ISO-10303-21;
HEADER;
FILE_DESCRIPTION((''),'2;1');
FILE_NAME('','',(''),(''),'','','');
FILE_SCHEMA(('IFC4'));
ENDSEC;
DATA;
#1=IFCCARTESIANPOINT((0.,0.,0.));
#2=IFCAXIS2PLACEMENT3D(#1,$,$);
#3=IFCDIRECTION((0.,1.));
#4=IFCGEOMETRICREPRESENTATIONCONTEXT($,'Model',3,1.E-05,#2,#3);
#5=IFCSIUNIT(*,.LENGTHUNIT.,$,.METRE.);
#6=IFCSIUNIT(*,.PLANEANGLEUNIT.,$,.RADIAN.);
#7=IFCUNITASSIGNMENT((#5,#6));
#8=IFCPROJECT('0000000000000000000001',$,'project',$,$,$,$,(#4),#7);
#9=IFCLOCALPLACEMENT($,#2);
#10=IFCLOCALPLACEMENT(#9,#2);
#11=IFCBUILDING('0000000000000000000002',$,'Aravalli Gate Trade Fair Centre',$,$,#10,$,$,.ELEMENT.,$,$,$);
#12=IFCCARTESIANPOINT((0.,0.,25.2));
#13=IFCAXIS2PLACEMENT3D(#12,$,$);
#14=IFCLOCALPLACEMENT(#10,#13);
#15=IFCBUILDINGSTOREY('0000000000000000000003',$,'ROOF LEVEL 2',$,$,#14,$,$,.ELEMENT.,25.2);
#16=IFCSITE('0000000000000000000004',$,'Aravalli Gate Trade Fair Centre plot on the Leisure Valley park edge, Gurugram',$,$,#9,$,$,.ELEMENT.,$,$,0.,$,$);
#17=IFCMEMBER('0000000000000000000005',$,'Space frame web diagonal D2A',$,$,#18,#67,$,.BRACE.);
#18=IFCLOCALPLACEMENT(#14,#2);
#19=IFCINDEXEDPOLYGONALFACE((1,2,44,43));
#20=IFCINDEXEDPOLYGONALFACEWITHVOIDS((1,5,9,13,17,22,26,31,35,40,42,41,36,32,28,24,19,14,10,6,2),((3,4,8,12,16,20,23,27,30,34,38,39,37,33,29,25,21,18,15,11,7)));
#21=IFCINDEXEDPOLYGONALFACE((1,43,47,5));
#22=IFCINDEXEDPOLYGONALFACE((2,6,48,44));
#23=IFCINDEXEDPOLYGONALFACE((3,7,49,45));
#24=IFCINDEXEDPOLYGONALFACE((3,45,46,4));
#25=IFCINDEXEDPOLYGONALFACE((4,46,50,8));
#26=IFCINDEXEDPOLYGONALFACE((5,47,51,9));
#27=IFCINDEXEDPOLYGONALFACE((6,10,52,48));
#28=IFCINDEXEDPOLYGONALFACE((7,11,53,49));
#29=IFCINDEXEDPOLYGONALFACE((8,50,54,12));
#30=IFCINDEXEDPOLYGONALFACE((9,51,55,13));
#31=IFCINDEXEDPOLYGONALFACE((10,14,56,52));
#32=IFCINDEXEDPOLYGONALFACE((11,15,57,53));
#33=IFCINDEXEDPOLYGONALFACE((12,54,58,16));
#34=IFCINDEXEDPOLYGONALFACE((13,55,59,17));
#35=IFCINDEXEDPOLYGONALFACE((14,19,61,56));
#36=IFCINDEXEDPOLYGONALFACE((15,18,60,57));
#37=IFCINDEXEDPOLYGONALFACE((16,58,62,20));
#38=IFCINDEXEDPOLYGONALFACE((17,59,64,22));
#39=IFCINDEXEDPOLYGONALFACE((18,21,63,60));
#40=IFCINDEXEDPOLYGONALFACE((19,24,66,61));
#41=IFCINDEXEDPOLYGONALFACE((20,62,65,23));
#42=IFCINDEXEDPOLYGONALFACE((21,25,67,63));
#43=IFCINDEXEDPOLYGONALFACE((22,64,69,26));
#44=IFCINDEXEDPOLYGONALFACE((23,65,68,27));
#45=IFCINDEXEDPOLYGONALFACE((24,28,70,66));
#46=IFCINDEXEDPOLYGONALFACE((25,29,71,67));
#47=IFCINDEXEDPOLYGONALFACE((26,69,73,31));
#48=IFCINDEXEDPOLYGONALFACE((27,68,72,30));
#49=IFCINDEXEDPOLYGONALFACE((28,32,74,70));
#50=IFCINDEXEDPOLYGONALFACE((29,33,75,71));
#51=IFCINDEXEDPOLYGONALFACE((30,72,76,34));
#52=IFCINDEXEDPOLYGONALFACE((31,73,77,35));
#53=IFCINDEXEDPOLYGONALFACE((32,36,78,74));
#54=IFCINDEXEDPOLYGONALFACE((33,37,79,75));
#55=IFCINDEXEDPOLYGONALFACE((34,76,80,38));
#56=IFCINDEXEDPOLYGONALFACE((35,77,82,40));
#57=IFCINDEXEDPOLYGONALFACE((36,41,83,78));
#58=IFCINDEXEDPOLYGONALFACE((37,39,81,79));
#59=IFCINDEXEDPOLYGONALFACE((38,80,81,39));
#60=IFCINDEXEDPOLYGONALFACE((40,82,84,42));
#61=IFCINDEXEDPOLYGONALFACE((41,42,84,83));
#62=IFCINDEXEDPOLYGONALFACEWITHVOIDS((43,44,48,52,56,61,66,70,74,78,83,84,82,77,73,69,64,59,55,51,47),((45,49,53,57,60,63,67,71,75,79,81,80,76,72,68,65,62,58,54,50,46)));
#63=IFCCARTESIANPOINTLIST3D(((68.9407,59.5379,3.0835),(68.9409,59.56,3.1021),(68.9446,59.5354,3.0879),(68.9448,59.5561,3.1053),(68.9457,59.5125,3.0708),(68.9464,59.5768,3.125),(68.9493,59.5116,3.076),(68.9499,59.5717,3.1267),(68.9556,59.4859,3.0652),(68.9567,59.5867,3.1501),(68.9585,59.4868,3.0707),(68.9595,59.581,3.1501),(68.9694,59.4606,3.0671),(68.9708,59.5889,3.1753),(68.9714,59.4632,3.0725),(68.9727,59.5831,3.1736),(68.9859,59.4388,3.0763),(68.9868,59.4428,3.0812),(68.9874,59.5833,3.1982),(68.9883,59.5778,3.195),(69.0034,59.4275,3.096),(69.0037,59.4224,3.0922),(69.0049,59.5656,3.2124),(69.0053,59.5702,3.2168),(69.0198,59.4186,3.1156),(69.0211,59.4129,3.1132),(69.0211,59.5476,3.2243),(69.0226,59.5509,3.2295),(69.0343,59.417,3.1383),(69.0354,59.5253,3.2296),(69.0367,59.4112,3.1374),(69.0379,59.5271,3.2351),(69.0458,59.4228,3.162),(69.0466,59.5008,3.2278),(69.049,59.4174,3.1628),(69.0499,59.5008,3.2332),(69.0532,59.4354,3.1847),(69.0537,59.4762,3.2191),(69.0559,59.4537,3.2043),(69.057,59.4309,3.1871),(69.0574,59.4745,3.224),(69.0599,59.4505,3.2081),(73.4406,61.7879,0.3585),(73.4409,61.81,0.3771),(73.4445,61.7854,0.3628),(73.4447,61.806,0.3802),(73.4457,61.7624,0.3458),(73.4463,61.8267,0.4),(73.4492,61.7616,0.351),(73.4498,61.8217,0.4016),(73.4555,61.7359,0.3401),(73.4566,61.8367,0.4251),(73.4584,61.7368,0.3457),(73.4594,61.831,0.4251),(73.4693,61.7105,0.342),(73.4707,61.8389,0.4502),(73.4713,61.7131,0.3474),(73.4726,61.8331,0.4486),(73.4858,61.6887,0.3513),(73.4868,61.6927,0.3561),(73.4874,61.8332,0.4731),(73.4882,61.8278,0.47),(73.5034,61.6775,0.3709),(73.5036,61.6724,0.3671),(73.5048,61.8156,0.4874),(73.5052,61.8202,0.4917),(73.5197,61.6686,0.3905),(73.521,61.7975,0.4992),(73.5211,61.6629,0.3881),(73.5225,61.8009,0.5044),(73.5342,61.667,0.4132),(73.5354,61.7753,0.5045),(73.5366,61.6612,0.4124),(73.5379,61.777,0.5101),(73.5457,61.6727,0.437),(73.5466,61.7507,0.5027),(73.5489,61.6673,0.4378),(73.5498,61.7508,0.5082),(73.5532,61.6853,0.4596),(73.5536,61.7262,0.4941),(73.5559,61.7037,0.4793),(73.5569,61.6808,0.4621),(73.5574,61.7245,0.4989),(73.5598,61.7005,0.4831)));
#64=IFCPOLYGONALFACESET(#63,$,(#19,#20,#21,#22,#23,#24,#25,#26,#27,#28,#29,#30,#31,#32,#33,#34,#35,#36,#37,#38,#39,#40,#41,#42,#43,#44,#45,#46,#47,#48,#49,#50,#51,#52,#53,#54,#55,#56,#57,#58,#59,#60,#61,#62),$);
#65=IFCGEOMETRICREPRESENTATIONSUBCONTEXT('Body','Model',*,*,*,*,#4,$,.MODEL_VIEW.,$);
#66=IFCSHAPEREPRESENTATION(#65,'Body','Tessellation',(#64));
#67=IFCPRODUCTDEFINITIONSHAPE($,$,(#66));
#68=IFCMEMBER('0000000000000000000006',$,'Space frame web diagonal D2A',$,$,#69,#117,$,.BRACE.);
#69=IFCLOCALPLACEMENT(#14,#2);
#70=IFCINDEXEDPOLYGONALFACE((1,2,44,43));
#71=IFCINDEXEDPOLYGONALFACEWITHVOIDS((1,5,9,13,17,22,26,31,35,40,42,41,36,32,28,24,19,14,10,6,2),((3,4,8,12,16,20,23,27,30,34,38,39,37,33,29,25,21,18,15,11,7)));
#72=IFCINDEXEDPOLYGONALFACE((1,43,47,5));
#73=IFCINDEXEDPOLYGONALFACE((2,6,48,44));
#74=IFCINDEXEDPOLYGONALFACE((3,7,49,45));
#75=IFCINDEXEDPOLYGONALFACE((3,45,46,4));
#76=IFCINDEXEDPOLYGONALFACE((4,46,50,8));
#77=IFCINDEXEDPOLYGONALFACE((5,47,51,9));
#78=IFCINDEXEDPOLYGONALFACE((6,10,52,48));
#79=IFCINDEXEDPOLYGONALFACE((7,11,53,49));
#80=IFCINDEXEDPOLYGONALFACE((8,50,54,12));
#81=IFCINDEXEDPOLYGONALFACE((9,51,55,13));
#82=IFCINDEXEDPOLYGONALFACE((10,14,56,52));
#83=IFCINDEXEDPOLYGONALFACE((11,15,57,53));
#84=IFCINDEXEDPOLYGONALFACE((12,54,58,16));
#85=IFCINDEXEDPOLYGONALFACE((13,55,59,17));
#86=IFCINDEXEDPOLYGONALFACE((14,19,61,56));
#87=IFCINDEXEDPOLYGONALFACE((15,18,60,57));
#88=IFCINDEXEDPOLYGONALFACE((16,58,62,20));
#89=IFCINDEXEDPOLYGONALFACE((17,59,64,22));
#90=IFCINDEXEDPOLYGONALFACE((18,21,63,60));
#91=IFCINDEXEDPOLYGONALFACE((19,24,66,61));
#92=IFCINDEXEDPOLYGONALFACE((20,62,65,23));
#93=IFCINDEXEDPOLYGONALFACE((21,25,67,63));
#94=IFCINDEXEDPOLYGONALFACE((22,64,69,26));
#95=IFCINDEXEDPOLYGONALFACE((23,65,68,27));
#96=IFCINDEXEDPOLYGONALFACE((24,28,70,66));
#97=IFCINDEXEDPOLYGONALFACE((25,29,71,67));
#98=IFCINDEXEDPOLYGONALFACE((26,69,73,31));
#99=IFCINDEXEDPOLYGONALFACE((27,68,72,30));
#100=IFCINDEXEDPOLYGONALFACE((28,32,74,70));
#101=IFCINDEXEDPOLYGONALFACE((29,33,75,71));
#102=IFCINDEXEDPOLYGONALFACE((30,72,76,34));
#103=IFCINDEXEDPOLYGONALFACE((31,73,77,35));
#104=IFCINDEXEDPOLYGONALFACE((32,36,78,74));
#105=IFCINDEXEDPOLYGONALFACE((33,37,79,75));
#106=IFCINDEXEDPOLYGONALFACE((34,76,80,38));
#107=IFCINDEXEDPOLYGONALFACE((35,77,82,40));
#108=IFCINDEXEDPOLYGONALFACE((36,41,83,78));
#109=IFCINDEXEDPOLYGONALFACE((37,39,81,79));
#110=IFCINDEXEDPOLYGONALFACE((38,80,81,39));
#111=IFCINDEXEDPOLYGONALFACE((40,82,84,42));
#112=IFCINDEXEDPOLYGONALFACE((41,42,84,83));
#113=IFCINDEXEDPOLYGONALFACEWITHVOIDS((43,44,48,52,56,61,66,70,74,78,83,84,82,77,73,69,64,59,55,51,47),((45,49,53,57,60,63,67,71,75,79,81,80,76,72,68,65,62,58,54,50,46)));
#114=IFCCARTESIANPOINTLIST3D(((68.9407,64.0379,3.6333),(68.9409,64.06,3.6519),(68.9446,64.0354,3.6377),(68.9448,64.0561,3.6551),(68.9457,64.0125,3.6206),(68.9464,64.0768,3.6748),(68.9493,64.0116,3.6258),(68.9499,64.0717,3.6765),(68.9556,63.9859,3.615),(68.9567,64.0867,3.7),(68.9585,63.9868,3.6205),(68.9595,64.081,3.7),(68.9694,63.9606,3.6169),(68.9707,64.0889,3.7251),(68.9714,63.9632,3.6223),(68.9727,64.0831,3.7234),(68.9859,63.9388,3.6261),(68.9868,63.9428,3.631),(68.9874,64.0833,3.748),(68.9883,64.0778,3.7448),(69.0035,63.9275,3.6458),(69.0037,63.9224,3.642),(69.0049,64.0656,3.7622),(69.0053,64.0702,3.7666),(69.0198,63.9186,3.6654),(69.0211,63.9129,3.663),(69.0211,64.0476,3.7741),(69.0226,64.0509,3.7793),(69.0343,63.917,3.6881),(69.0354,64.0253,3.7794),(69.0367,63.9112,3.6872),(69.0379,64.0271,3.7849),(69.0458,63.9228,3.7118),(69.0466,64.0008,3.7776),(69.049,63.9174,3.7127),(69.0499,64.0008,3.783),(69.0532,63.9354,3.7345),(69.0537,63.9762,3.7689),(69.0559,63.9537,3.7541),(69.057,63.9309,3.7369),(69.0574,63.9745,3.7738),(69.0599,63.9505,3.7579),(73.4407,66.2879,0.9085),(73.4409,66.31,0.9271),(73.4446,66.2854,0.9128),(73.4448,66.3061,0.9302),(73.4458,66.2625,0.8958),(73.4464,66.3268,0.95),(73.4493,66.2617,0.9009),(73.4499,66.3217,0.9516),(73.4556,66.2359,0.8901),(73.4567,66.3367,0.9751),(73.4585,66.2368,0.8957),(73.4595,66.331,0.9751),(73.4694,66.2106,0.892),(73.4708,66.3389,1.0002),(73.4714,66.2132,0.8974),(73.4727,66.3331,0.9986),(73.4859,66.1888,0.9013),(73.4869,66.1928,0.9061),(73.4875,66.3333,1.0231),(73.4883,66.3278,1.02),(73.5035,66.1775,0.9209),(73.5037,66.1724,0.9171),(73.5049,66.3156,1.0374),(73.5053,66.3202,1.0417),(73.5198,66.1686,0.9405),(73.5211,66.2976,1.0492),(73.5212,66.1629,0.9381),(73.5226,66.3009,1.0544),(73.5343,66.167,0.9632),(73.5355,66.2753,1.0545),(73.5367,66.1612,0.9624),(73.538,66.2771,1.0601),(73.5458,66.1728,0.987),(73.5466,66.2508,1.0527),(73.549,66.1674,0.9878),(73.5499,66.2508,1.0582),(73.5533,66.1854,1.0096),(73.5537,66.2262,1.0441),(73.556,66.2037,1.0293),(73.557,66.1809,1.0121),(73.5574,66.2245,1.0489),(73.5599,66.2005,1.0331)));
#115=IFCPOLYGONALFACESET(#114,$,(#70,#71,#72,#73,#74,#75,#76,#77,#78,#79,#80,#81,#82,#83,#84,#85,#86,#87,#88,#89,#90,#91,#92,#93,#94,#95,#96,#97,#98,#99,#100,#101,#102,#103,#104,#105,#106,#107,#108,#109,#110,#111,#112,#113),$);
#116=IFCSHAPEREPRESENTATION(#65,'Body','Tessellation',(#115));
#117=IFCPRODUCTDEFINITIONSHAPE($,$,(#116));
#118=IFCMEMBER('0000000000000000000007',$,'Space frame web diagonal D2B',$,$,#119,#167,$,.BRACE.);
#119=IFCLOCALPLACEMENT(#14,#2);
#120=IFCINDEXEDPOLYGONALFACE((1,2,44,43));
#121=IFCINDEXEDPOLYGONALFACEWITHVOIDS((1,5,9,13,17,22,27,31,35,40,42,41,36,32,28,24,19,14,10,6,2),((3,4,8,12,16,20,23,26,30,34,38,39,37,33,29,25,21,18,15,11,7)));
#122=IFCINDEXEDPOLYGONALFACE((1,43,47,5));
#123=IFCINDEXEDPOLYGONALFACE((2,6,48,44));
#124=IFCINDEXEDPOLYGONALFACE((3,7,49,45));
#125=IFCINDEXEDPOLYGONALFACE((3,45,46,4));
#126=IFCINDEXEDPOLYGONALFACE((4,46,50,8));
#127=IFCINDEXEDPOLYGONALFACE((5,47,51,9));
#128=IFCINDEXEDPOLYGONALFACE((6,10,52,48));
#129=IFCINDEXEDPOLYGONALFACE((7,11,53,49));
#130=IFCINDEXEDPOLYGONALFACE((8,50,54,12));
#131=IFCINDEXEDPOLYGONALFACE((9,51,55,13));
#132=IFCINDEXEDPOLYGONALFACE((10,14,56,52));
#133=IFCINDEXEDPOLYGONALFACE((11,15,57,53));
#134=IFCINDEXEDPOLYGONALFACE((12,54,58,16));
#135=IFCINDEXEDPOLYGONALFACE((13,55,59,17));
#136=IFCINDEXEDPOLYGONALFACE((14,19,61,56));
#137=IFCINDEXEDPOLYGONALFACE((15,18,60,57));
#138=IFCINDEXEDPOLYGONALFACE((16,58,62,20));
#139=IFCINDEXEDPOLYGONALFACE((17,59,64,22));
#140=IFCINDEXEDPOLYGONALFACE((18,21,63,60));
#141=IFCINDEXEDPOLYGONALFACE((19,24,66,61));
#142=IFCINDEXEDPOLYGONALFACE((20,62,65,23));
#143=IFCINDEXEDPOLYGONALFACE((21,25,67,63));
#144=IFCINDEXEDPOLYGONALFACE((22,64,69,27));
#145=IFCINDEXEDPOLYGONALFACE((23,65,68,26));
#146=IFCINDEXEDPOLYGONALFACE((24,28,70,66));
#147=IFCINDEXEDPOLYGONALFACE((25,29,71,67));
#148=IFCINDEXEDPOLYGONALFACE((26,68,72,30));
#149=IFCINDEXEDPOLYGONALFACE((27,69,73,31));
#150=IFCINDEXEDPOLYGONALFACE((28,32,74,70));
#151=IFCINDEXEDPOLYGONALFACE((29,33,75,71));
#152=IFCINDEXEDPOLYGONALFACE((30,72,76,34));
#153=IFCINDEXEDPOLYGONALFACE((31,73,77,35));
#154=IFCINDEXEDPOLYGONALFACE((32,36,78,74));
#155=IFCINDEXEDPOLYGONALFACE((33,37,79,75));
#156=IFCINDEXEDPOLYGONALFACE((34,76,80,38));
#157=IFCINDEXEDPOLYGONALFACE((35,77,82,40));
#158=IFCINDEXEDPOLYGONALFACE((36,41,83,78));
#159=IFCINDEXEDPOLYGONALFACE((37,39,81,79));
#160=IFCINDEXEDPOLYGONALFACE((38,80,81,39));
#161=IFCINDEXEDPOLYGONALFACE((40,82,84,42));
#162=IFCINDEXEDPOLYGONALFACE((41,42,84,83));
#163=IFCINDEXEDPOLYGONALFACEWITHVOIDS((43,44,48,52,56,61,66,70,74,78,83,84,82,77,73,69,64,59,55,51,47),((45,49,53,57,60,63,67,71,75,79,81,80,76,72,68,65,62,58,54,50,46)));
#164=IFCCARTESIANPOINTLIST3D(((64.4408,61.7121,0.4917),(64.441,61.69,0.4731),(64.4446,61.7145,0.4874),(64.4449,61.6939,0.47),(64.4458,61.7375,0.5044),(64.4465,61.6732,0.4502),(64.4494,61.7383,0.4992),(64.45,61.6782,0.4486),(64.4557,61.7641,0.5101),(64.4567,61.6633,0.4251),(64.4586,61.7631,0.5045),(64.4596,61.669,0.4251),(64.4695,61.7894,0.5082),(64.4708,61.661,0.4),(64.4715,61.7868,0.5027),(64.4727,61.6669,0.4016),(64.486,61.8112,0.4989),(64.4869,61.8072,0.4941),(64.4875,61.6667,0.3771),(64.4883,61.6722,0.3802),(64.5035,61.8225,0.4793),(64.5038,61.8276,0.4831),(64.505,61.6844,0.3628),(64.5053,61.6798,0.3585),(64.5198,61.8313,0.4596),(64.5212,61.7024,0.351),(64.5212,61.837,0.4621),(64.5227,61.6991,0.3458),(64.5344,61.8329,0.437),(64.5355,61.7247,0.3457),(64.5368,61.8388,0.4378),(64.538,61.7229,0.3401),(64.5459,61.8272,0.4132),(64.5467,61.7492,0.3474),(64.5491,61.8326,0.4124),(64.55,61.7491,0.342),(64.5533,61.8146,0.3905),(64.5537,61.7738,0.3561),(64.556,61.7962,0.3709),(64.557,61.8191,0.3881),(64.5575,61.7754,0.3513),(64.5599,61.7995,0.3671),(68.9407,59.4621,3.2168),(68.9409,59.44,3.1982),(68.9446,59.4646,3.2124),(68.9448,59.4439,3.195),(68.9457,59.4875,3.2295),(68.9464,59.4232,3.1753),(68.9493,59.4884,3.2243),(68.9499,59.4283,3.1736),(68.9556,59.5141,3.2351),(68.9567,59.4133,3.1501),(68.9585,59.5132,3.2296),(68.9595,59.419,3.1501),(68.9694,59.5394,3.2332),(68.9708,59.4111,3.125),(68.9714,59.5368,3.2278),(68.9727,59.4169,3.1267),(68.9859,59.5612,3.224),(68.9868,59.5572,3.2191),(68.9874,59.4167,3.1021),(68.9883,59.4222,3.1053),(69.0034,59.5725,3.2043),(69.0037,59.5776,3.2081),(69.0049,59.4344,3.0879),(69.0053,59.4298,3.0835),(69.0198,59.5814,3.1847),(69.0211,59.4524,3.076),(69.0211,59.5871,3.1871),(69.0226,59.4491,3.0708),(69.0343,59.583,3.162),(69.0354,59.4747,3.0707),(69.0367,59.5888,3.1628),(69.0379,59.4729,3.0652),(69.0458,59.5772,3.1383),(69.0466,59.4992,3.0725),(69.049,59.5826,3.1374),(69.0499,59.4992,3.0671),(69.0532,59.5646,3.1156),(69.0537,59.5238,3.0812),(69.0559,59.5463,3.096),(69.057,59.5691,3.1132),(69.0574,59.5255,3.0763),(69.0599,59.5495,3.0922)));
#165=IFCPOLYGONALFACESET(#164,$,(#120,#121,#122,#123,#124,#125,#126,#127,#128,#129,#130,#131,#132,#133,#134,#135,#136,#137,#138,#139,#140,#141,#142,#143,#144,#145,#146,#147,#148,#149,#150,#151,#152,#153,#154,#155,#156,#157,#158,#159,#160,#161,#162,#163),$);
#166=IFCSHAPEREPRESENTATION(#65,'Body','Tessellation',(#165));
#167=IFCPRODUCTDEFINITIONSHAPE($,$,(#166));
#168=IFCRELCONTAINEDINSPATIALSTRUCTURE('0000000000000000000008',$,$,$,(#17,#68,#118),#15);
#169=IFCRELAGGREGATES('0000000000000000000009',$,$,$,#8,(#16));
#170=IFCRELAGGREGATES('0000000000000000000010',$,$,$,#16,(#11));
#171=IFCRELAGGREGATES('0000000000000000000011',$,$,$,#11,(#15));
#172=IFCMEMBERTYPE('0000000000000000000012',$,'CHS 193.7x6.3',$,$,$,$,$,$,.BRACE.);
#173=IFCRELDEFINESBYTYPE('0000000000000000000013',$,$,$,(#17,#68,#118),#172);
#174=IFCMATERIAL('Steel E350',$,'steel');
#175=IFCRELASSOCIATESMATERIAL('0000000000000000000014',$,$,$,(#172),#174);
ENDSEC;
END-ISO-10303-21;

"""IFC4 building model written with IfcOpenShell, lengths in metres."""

from ifc_helpers import new_model, si_unit, direction, frame, origin, origin_2d, place, context, subcontext, project, spatial, hollow_circle, extrude, material, material_profile, profile_set, type_object, element, save


model = new_model("IFC4")

# Units and contexts
model_context = context("Model", 3, precision=1e-05, world=origin(), true_north=direction((0.0, 1.0)))
body_context = subcontext(model_context, "Body", "Model", "MODEL_VIEW")
ifc_project = project(units=[si_unit("LENGTHUNIT", "METRE"), si_unit("PLANEANGLEUNIT", "RADIAN")], contexts=[model_context])

# Site, building, storey
site_placement = place(None, origin())
site = spatial("IfcSite", under=ifc_project, at=site_placement, Name="Aravalli Gate Trade Fair Centre plot on the Leisure Valley park edge, Gurugram", CompositionType="ELEMENT", RefElevation=0.0)
building_placement = place(site_placement, origin())
building = spatial("IfcBuilding", under=site, at=building_placement, Name="Aravalli Gate Trade Fair Centre", CompositionType="ELEMENT")
storey_placement = place(building_placement, frame((0.0, 0.0, 25.2)))
storey = spatial("IfcBuildingStorey", under=building, at=storey_placement, Name="ROOF LEVEL 2", CompositionType="ELEMENT", Elevation=25.2)

# Members
ifc_material_1 = material(Name="Steel E350", Category="steel")
ifc_material_profile_1 = material_profile(ifc_material_1, hollow_circle(Radius=0.0969, WallThickness=0.0063, at=origin_2d()), Name="CHS 193.7x6.3")
ifc_profile_set_1 = profile_set([ifc_material_profile_1], Name="Steel E350")
member_type_1 = type_object("IfcMemberType", Name="CHS 193.7x6.3", PredefinedType="BRACE", material=ifc_profile_set_1)
for number, where, z_axis, x_axis, name in (
    (1, (69.0, 59.5, 3.1501), (0.78647, 0.393235, -0.476268), (-0.447214, 0.894427, 0.0), "Space frame web diagonal D2A"),
    (2, (69.0, 64.0, 3.7), (0.786486, 0.393243, -0.476235), (-0.447214, 0.894427, 0.0), "Space frame web diagonal D2A"),
    (3, (69.0, 59.5, 3.1501), (-0.78647, 0.393235, -0.476268), (-0.447214, -0.894427, 0.0), "Space frame web diagonal D2B"),
):
    element("IfcMember", number, at=place(storey_placement, frame(where, z_axis=z_axis, x_axis=x_axis)), inside=storey, type_object=member_type_1, Name=name, PredefinedType="BRACE", context=body_context, shape_type="SweptSolid", body=[
        extrude(hollow_circle(Radius=0.0969, WallThickness=0.0063, at=origin_2d()), origin(), (0.0, 0.0, 1.0), 5.7217),
    ])

save(model, "model.ifc")
